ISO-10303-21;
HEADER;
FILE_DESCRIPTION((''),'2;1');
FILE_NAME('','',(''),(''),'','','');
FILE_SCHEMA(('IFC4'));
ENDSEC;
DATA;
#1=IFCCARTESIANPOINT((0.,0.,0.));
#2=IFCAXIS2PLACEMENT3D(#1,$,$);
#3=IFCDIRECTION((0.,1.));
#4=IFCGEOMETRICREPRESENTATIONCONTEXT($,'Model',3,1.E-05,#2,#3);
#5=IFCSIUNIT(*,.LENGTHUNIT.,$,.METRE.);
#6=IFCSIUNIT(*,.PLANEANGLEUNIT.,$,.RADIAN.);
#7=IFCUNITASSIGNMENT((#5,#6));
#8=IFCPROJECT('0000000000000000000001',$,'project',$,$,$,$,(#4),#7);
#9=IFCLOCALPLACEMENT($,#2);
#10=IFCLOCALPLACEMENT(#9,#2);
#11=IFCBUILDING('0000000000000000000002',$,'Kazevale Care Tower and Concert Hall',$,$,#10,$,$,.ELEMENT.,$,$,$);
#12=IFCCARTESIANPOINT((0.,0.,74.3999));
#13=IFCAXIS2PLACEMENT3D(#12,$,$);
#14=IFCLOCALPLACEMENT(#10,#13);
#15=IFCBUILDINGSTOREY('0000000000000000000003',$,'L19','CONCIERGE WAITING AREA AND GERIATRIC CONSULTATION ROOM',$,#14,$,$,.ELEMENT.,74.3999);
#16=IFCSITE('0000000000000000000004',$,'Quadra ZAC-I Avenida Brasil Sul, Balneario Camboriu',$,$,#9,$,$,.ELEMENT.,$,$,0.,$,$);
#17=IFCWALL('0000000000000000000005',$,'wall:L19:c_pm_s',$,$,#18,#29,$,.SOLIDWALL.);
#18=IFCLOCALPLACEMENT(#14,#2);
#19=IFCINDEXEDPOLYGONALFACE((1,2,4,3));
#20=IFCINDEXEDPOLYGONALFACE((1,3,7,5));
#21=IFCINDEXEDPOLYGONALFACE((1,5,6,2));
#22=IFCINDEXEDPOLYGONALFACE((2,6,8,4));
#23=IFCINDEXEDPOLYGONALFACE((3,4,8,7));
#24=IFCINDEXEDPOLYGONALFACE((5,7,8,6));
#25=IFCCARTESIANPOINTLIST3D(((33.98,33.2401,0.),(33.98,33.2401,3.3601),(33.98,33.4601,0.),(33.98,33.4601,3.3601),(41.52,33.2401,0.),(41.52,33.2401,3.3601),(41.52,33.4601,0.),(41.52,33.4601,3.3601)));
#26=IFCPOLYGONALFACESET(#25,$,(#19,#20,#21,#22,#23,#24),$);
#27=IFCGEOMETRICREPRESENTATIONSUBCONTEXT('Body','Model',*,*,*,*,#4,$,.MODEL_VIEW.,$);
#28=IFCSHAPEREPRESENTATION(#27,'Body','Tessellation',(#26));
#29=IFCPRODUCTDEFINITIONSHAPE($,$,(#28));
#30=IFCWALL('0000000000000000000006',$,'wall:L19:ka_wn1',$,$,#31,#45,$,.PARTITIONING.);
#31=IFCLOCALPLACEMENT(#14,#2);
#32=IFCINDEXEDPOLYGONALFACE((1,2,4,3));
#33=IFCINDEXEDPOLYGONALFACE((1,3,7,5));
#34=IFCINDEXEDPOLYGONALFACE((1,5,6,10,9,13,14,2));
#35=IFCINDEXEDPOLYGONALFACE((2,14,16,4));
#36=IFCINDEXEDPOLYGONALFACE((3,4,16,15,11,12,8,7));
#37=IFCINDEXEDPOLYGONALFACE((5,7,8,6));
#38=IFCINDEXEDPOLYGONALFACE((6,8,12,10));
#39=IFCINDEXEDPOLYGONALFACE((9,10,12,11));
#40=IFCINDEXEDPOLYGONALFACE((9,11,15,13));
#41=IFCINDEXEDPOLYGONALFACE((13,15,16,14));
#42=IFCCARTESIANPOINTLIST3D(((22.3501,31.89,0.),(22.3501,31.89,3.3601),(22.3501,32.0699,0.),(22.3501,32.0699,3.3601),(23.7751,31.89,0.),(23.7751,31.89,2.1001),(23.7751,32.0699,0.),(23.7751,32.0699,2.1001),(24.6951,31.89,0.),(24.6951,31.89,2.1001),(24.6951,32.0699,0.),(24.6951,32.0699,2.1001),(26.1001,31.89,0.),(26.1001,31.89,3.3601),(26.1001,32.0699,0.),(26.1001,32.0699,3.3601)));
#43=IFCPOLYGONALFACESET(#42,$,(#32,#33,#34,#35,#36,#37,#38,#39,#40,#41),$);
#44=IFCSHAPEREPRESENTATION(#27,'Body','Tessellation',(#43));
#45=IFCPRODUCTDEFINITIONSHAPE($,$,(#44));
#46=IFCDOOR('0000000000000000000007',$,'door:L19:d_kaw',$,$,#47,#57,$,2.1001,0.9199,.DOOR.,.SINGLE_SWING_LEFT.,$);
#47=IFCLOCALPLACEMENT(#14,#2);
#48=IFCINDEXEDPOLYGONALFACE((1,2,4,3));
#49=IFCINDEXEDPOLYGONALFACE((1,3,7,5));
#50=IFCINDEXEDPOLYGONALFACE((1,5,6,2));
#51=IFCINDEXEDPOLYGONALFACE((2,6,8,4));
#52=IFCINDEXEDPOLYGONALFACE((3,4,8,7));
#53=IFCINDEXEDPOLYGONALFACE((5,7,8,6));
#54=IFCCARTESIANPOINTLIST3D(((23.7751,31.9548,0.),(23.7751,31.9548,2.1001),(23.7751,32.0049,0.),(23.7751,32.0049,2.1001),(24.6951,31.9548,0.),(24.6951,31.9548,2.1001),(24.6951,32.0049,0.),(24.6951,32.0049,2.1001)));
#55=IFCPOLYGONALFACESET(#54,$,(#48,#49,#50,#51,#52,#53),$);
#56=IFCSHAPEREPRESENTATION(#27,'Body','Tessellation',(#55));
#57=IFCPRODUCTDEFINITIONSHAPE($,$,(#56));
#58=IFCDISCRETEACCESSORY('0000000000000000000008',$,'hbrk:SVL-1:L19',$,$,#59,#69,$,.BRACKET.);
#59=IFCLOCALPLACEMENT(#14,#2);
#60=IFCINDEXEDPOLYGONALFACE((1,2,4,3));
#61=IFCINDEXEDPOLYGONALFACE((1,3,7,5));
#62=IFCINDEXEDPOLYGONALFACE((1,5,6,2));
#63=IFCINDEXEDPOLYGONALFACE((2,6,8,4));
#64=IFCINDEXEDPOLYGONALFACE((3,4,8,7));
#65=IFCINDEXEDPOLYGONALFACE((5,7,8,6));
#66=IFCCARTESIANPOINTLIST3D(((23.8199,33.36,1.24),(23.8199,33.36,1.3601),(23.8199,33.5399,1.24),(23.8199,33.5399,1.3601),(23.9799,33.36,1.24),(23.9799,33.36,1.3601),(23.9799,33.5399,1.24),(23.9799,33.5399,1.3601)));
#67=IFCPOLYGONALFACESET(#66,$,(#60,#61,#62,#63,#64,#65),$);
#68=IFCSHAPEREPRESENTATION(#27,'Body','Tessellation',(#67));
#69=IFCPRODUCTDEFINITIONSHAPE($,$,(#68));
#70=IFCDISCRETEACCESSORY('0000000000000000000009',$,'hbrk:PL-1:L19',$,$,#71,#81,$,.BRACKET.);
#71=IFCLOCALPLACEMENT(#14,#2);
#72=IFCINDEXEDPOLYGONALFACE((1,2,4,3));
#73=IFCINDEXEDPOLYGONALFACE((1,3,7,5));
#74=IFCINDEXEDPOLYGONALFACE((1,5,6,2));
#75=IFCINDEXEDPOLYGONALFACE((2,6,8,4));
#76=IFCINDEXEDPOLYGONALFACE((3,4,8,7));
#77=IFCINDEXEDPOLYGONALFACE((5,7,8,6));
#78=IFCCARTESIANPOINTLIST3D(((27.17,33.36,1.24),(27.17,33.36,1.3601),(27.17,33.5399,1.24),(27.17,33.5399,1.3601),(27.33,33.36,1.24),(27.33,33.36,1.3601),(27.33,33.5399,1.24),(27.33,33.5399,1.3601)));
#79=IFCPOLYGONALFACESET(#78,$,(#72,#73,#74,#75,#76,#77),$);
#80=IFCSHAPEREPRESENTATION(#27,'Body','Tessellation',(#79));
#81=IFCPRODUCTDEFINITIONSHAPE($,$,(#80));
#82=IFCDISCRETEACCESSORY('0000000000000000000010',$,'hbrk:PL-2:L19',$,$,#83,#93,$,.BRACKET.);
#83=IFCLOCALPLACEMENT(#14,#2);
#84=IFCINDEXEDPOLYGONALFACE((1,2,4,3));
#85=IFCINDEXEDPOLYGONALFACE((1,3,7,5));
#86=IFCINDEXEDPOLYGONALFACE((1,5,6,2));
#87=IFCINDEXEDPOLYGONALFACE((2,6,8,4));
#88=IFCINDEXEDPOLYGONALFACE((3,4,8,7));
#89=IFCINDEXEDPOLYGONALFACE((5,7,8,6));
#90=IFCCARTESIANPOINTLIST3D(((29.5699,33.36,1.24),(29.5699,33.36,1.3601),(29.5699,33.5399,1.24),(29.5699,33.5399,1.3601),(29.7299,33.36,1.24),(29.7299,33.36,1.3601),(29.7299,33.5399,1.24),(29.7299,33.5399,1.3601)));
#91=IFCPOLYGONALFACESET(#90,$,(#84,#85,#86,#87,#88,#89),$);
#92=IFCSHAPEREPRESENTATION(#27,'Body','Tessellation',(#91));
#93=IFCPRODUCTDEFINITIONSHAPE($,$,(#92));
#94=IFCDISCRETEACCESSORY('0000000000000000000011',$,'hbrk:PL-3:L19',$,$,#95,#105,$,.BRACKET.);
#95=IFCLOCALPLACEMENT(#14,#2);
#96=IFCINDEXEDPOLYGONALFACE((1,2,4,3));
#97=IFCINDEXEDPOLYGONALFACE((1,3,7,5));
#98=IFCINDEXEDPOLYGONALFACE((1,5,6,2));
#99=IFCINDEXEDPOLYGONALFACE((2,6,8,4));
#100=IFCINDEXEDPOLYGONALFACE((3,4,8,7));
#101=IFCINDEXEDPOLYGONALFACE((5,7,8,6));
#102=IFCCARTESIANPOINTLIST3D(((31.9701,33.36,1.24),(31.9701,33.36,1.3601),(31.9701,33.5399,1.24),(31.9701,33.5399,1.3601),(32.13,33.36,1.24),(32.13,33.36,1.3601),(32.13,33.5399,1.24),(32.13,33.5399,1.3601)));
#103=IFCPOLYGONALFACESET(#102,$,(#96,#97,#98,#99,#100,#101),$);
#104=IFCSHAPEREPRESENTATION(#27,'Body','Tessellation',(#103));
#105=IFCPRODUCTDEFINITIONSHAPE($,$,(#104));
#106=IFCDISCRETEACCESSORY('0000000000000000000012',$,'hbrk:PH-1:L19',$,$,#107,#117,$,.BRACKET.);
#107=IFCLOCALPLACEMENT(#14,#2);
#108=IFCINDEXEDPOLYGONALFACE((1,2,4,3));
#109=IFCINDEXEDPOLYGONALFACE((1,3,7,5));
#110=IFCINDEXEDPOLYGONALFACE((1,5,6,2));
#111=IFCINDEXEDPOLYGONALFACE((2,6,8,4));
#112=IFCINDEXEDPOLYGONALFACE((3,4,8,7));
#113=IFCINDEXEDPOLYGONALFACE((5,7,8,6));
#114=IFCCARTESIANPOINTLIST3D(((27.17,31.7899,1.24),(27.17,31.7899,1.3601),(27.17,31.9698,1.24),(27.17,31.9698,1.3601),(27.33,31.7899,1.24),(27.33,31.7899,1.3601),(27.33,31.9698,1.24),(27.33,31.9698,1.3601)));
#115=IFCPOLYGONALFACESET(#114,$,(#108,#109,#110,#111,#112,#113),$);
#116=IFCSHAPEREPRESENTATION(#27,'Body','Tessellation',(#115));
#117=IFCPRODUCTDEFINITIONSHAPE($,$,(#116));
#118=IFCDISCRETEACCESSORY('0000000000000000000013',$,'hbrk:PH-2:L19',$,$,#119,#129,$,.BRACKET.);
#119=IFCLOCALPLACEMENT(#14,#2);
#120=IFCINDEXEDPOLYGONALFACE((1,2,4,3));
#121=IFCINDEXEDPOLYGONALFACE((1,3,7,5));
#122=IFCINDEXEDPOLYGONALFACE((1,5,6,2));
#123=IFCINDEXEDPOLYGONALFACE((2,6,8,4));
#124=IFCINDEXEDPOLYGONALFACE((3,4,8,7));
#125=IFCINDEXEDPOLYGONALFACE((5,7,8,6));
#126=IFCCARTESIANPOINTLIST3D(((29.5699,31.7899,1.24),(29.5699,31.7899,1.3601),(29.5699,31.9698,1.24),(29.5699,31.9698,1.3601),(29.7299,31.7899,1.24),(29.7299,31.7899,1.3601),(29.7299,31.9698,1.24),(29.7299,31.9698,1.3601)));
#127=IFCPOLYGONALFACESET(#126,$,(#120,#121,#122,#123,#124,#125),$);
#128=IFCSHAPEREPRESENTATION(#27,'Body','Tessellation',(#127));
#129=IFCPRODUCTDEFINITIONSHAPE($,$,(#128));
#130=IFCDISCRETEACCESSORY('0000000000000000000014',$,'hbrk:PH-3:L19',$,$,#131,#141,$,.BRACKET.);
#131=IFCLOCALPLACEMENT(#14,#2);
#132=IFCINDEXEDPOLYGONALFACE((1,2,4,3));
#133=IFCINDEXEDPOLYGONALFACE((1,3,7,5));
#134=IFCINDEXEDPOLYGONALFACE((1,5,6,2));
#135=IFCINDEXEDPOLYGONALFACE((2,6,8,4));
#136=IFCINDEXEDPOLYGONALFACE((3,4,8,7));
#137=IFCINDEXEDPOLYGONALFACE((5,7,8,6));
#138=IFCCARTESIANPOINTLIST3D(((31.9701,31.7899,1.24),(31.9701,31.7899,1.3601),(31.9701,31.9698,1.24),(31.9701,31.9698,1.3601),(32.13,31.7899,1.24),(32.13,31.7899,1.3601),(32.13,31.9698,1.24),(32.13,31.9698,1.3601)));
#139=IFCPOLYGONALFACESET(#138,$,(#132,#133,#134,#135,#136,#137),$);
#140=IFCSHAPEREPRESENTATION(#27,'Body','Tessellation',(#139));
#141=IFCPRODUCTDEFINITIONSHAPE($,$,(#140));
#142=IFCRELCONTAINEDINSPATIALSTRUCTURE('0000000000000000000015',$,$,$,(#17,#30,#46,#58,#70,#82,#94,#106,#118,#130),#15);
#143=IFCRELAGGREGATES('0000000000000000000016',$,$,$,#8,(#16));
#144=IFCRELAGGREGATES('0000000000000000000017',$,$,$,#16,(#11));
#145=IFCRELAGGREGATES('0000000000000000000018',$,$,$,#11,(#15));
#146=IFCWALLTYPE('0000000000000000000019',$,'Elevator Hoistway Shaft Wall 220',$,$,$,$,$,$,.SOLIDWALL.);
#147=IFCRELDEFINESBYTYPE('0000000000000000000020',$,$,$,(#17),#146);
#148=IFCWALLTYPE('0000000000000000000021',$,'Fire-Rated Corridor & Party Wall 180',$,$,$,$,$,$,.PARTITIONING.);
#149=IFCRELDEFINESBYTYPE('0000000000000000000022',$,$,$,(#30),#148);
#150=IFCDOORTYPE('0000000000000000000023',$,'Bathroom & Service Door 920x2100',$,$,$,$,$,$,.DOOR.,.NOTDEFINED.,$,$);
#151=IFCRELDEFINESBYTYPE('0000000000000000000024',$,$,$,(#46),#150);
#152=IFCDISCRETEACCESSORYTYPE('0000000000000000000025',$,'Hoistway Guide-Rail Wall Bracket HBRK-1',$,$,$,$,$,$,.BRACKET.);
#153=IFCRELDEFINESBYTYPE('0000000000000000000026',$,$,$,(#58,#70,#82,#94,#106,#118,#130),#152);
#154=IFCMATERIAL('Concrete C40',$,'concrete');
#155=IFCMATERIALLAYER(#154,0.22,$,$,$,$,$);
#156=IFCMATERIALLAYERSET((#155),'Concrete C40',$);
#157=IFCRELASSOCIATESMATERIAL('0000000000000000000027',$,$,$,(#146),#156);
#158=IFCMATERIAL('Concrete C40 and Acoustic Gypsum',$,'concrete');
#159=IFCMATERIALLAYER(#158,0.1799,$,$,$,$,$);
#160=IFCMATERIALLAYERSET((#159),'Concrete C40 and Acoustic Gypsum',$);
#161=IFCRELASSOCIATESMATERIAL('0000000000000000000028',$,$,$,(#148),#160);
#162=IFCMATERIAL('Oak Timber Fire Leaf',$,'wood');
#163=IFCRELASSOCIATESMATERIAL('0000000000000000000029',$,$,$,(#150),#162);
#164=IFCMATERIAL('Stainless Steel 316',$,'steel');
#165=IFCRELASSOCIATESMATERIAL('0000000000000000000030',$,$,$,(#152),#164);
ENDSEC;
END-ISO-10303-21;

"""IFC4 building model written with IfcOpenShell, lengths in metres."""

from ifc_helpers import new_model, si_unit, direction, frame, frame_2d, origin, origin_2d, place, context, subcontext, project, spatial, rectangle, extrude, material, layer, layer_set, type_object, element, fill, save


model = new_model("IFC4")

# Units and contexts
model_context = context("Model", 3, precision=1e-05, world=origin(), true_north=direction((0.0, 1.0)))
body_context = subcontext(model_context, "Body", "Model", "MODEL_VIEW")
ifc_project = project(units=[si_unit("LENGTHUNIT", "METRE"), si_unit("PLANEANGLEUNIT", "RADIAN")], contexts=[model_context])

# Site, building, storey
site_placement = place(None, origin())
site = spatial("IfcSite", under=ifc_project, at=site_placement, Name="Quadra ZAC-I Avenida Brasil Sul, Balneario Camboriu", CompositionType="ELEMENT", RefElevation=0.0)
building_placement = place(site_placement, origin())
building = spatial("IfcBuilding", under=site, at=building_placement, Name="Kazevale Care Tower and Concert Hall", CompositionType="ELEMENT")
storey_placement = place(building_placement, frame((0.0, 0.0, 74.3999)))
storey = spatial("IfcBuildingStorey", under=building, at=storey_placement, Name="L19", Description="CONCIERGE WAITING AREA AND GERIATRIC CONSULTATION ROOM", CompositionType="ELEMENT", Elevation=74.3999)

# Shared definitions
ifc_material_1 = material(Name="Concrete C40", Category="concrete")
ifc_layer_1 = layer(ifc_material_1, 0.22)
ifc_layer_set_1 = layer_set([ifc_layer_1], Name="Concrete C40")
wall_type_1 = type_object("IfcWallType", Name="Elevator Hoistway Shaft Wall 220", PredefinedType="SOLIDWALL", material=ifc_layer_set_1)

# Shared definitions
ifc_material_2 = material(Name="Stainless Steel 316", Category="steel")

# Wall
wall_1_placement = place(storey_placement, frame((33.98, 33.3501, 0.0), z_axis=(0.0, 0.0, 1.0), x_axis=(1.0, 0.0, 0.0)))
element("IfcWall", 1, at=wall_1_placement, inside=storey, type_object=wall_type_1, Name="wall:L19:c_pm_s", PredefinedType="SOLIDWALL", context=body_context, shape_type="SweptSolid", body=[
    extrude(rectangle(XDim=7.54, YDim=0.22, at=frame_2d((3.77, 0.0))), origin(), (0.0, 0.0, 1.0), 3.3601),
])

# Wall, opening, door
ifc_material_3 = material(Name="Concrete C40 and Acoustic Gypsum", Category="concrete")
ifc_layer_2 = layer(ifc_material_3, 0.1799)
ifc_layer_set_2 = layer_set([ifc_layer_2], Name="Concrete C40 and Acoustic Gypsum")
wall_type_2 = type_object("IfcWallType", Name="Fire-Rated Corridor & Party Wall 180", PredefinedType="PARTITIONING", material=ifc_layer_set_2)
wall_2_placement = place(storey_placement, frame((22.3501, 31.98, 0.0), z_axis=(0.0, 0.0, 1.0), x_axis=(1.0, 0.0, 0.0)))
wall_2 = element("IfcWall", 2, at=wall_2_placement, inside=storey, type_object=wall_type_2, Name="wall:L19:ka_wn1", PredefinedType="PARTITIONING", context=body_context, shape_type="SweptSolid", body=[
    extrude(rectangle(XDim=3.75, YDim=0.1799, at=frame_2d((1.875, 0.0))), origin(), (0.0, 0.0, 1.0), 3.3601),
])
opening_1_placement = place(wall_2_placement, frame((1.425, 0.0, 0.0)))
opening_1 = element("IfcOpeningElement", 3, at=opening_1_placement, cuts=wall_2, PredefinedType="OPENING", context=body_context, shape_type="SweptSolid", body=[
    extrude(rectangle(XDim=0.9199, YDim=2.1001, at=frame_2d((0.46, 1.05))), frame((0.0, 0.0999, 0.0), z_axis=(0.0, -1.0, 0.0), x_axis=(1.0, 0.0, 0.0)), (0.0, 0.0, 1.0), 0.2),
])
ifc_material_4 = material(Name="Oak Timber Fire Leaf", Category="wood")
door_type_1 = type_object("IfcDoorType", Name="Bathroom & Service Door 920x2100", OperationType="NOTDEFINED", PredefinedType="DOOR", material=ifc_material_4)
door_1_placement = place(opening_1_placement, origin())
door_1 = element("IfcDoor", 4, at=door_1_placement, inside=storey, type_object=door_type_1, Name="door:L19:d_kaw", OperationType="SINGLE_SWING_LEFT", OverallHeight=2.1001, OverallWidth=0.9199, PredefinedType="DOOR", context=body_context, shape_type="SweptSolid", body=[
    extrude(rectangle(XDim=0.9199, YDim=2.1001, at=frame_2d((0.46, 1.05))), frame((0.0, 0.0249, 0.0), z_axis=(0.0, -1.0, 0.0), x_axis=(1.0, 0.0, 0.0)), (0.0, 0.0, 1.0), 0.05),
])
fill(opening_1, door_1)

# Discrete accessories
discrete_accessory_type = type_object("IfcDiscreteAccessoryType", Name="Hoistway Guide-Rail Wall Bracket HBRK-1", PredefinedType="BRACKET", material=ifc_material_2)
for number, where, z_axis, x_axis, name in (
    (5, (23.8999, 33.45, 1.24), (0.0, 0.0, 1.0), (1.0, 0.0, 0.0), "hbrk:SVL-1:L19"),
    (6, (27.25, 33.45, 1.24), (0.0, 0.0, 1.0), (1.0, 0.0, 0.0), "hbrk:PL-1:L19"),
    (7, (29.6499, 33.45, 1.24), (0.0, 0.0, 1.0), (1.0, 0.0, 0.0), "hbrk:PL-2:L19"),
    (8, (32.05, 33.45, 1.24), (0.0, 0.0, 1.0), (1.0, 0.0, 0.0), "hbrk:PL-3:L19"),
    (9, (27.25, 31.8799, 1.24), (0.0, 0.0, 1.0), (1.0, 0.0, 0.0), "hbrk:PH-1:L19"),
    (10, (29.6499, 31.8799, 1.24), (0.0, 0.0, 1.0), (1.0, 0.0, 0.0), "hbrk:PH-2:L19"),
    (11, (32.05, 31.8799, 1.24), (0.0, 0.0, 1.0), (1.0, 0.0, 0.0), "hbrk:PH-3:L19"),
):
    element("IfcDiscreteAccessory", number, at=place(storey_placement, frame(where, z_axis=z_axis, x_axis=x_axis)), inside=storey, type_object=discrete_accessory_type, Name=name, PredefinedType="BRACKET", context=body_context, shape_type="SweptSolid", body=[
        extrude(rectangle(XDim=0.1599, YDim=0.1799, at=origin_2d()), origin(), (0.0, 0.0, 1.0), 0.1201),
    ])

save(model, "model.ifc")
